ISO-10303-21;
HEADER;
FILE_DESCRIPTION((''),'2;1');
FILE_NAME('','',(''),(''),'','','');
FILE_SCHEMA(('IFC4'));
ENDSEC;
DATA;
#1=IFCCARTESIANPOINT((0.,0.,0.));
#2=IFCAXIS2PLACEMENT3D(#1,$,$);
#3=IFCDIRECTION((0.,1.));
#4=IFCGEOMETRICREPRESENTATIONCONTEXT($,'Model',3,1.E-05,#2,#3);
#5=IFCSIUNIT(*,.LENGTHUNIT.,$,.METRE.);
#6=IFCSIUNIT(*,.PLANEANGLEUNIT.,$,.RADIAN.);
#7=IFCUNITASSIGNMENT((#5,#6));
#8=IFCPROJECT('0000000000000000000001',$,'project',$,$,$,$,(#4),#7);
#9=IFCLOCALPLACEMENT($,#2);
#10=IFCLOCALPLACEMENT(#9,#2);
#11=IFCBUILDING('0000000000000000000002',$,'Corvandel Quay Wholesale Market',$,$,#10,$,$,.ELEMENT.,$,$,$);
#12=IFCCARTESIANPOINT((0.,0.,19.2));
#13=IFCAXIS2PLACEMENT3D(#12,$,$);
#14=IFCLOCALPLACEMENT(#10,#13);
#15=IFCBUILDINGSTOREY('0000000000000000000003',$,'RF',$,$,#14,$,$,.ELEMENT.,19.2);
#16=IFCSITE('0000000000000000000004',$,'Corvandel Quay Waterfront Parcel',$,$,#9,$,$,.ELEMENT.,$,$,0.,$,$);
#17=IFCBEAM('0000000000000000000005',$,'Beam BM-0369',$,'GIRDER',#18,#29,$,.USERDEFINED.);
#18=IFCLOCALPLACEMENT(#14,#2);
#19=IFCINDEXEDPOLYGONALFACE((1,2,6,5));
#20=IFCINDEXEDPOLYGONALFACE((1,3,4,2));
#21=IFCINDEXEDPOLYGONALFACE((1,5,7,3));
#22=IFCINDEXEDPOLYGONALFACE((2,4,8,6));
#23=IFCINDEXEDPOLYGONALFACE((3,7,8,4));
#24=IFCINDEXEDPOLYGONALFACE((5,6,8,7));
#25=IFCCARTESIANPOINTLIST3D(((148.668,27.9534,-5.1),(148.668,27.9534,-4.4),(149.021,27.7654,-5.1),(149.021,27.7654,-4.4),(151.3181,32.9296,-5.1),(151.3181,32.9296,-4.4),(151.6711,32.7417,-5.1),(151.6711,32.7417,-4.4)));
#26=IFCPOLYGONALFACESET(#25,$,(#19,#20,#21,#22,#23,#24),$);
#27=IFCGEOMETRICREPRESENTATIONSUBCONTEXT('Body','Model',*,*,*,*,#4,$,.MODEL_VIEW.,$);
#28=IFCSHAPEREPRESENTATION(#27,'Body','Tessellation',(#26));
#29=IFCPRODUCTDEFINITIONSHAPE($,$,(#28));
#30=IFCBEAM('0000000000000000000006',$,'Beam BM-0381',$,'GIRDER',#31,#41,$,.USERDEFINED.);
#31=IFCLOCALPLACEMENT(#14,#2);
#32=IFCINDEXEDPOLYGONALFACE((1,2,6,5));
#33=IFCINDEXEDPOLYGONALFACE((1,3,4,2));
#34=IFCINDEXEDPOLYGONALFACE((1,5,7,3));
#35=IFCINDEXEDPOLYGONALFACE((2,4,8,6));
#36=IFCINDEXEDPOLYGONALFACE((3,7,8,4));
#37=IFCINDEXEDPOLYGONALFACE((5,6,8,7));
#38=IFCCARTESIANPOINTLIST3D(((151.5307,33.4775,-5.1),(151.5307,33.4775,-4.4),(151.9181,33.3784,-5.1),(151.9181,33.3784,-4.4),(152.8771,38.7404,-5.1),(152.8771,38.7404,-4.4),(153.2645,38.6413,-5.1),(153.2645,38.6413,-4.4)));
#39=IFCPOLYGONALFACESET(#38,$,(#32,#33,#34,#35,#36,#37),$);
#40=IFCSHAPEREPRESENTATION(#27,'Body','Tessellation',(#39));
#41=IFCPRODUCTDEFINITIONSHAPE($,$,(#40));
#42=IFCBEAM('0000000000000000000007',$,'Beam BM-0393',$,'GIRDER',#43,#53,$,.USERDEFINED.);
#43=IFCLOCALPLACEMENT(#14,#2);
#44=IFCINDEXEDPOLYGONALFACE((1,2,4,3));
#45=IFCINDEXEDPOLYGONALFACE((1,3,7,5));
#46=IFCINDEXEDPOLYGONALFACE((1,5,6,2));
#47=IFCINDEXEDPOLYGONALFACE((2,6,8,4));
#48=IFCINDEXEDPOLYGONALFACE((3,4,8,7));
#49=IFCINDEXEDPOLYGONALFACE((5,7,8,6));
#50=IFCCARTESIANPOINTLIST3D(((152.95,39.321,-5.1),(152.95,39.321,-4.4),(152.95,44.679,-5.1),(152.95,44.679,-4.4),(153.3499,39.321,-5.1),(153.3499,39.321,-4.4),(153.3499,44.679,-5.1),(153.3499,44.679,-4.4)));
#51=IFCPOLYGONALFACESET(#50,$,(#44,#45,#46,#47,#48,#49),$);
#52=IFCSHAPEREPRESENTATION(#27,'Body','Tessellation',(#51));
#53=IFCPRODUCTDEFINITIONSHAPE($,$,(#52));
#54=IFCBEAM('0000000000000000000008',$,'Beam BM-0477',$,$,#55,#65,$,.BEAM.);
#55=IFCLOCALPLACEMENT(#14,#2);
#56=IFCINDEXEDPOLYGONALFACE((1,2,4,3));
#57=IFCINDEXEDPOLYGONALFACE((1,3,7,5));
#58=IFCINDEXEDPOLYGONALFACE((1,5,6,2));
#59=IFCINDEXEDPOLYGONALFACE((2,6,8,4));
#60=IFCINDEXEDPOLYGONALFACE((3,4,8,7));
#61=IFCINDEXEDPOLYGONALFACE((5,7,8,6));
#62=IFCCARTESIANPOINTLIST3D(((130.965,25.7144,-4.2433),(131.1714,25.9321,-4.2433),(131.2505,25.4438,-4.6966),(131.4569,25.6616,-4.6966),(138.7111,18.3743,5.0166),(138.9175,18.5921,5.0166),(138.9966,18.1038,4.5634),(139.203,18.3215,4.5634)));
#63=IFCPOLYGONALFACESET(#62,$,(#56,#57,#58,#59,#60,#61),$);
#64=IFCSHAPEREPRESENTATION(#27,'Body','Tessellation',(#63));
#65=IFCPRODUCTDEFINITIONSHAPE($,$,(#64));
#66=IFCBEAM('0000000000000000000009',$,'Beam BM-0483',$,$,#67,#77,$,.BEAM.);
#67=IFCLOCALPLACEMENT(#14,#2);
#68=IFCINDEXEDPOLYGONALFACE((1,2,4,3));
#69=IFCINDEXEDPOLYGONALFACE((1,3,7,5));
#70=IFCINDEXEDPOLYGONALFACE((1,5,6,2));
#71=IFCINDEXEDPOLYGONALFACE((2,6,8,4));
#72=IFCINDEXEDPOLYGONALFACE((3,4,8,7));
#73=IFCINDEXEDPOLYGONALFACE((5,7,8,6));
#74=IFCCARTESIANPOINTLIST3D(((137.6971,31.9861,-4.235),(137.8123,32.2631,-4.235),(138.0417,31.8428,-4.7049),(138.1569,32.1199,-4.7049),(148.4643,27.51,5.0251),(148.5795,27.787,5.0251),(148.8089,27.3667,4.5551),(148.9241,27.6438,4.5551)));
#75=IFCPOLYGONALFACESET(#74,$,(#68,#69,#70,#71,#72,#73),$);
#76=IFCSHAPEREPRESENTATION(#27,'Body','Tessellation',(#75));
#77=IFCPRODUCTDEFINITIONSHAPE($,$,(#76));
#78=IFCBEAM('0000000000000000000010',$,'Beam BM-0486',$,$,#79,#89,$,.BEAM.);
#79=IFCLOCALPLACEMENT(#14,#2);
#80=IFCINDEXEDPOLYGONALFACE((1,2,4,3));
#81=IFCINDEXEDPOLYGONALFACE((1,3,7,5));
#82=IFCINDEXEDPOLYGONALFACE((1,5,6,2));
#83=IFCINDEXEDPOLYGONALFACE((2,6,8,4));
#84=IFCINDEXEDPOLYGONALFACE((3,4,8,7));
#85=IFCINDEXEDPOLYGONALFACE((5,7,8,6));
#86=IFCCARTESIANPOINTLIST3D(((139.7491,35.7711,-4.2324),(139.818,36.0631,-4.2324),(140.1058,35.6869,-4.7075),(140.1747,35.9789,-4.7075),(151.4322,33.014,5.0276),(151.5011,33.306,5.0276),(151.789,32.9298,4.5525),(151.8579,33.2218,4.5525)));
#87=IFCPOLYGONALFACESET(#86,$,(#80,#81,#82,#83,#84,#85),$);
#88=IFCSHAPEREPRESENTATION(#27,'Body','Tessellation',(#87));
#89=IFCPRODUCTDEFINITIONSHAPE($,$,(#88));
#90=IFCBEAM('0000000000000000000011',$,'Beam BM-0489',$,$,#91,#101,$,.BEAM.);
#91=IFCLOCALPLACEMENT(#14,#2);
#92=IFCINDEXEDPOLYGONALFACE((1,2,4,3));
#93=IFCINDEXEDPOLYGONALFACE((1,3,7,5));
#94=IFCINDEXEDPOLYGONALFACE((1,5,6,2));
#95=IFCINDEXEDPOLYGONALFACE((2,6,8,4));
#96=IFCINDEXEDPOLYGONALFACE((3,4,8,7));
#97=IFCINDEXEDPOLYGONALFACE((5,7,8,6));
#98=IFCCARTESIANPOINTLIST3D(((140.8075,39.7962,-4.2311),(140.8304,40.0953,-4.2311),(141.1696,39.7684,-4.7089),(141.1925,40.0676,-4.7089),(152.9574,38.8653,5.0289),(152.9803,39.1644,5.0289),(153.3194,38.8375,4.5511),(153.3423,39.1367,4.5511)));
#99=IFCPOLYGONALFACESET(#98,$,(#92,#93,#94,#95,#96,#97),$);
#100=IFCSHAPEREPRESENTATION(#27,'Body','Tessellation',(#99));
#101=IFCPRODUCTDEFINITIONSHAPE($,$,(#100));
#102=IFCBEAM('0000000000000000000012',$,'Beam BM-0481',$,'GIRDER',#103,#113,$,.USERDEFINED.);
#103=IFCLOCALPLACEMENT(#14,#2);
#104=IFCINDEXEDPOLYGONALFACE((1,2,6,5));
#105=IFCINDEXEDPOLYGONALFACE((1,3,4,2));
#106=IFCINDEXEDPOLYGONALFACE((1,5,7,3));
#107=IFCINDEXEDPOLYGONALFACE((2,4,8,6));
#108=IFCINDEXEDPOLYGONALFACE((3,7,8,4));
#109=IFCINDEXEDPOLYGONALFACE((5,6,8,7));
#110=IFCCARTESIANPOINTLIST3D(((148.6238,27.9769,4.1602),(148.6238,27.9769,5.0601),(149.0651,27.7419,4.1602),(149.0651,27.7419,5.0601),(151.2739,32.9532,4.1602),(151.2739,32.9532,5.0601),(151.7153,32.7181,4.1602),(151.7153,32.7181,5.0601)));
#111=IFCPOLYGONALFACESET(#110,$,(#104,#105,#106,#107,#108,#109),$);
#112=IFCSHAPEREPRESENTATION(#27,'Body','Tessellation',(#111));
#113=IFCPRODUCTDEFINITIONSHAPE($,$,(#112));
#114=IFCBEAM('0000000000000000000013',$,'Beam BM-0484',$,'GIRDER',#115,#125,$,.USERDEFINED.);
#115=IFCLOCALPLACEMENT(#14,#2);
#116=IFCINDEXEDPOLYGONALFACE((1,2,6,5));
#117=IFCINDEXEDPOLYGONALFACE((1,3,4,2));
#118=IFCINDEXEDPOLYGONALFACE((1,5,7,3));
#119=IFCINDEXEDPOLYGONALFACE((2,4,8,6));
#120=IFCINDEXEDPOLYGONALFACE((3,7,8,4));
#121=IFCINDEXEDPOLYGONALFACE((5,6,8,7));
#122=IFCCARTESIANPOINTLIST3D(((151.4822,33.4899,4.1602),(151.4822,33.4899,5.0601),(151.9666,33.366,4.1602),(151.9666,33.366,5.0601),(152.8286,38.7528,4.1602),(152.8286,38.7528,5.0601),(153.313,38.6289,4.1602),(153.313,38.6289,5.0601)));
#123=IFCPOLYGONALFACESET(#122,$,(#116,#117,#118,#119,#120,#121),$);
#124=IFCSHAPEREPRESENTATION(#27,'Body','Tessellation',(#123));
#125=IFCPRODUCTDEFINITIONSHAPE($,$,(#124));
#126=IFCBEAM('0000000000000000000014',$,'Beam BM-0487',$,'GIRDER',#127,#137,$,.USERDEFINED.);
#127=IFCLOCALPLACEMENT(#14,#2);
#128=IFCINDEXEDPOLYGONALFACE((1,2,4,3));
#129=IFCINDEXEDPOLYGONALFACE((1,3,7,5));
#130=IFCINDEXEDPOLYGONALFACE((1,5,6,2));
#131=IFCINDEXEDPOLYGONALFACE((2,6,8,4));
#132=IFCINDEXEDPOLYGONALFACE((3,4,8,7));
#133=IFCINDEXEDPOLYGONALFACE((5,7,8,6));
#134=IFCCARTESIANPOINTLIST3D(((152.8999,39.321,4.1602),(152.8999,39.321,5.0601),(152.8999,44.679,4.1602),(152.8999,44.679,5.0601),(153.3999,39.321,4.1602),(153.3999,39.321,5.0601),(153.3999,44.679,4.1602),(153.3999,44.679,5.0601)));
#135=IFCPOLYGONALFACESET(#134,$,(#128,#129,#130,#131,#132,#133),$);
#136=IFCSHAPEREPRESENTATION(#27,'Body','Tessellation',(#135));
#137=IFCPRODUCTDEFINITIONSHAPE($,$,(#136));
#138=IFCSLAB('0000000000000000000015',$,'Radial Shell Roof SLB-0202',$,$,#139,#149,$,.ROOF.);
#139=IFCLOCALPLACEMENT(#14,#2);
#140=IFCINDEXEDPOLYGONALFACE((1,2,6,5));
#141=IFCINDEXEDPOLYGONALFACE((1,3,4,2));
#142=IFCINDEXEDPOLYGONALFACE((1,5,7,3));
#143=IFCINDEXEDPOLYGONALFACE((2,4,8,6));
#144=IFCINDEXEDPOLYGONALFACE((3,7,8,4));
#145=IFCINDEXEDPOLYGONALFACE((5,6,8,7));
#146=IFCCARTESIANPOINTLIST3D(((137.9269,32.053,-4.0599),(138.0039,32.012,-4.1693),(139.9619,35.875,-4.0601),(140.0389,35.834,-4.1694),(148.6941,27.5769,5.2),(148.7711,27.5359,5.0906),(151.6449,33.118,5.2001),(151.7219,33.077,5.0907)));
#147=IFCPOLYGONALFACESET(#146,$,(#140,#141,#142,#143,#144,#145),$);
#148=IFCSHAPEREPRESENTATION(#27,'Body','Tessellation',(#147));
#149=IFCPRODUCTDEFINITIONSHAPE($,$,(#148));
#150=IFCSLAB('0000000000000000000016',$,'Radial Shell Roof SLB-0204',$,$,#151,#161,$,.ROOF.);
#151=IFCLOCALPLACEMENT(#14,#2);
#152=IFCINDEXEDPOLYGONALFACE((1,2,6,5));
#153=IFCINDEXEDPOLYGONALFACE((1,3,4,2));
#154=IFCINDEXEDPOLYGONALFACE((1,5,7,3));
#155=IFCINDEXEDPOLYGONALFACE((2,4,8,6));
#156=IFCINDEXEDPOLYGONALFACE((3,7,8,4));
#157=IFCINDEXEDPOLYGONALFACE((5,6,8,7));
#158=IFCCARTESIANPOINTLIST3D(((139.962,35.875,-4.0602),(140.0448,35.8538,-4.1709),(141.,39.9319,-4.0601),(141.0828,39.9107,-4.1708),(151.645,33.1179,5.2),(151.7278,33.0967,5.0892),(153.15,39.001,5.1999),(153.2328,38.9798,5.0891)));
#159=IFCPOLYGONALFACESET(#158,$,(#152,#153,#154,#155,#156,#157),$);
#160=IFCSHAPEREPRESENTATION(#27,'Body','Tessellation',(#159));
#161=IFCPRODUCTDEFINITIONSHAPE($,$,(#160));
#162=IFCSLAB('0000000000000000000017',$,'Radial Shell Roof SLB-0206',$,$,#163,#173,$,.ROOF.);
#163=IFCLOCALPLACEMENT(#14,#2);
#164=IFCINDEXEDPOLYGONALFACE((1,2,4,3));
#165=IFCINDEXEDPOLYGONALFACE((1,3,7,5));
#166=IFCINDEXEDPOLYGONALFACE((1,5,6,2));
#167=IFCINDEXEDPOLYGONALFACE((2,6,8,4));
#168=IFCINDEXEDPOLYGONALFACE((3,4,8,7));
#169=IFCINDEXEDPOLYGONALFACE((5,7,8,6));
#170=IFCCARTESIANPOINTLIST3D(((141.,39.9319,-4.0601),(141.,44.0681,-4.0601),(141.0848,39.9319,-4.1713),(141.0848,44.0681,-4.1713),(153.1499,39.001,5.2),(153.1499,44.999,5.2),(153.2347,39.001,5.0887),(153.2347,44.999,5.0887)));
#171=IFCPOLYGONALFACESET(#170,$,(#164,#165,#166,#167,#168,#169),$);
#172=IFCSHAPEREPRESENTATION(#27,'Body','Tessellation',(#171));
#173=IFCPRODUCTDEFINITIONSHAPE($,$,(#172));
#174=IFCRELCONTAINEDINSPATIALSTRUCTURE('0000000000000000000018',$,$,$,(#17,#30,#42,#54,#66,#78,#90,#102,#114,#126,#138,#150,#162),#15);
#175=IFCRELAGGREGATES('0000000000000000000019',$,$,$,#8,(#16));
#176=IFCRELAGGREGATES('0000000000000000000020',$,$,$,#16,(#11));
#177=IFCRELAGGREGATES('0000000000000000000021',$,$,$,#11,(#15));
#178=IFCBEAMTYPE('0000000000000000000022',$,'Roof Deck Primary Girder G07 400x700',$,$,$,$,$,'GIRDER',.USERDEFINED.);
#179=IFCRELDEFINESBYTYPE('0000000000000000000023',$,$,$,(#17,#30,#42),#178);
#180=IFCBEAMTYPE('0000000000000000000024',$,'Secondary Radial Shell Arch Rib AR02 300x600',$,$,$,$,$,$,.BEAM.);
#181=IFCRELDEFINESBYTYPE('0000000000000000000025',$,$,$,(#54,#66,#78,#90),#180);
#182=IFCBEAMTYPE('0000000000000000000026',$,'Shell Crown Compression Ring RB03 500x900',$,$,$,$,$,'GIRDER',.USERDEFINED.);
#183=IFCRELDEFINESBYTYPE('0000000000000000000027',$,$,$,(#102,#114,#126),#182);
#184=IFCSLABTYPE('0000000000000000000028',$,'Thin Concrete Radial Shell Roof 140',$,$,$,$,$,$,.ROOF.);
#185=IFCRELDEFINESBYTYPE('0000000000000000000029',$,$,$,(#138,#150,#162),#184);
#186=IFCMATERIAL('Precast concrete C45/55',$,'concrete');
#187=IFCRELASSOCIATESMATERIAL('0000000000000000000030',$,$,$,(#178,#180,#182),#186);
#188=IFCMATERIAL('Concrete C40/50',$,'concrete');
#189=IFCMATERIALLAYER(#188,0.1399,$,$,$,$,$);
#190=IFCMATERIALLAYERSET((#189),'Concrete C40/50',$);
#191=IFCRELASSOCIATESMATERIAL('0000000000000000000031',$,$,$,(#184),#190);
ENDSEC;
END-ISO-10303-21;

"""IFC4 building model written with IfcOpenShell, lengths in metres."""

from ifc_helpers import new_model, si_unit, direction, frame, origin, origin_2d, place, context, subcontext, project, spatial, polyline, rectangle, outline, extrude, material, layer, layer_set, material_profile, profile_set, type_object, element, save


model = new_model("IFC4")

# Units and contexts
model_context = context("Model", 3, precision=1e-05, world=origin(), true_north=direction((0.0, 1.0)))
body_context = subcontext(model_context, "Body", "Model", "MODEL_VIEW")
ifc_project = project(units=[si_unit("LENGTHUNIT", "METRE"), si_unit("PLANEANGLEUNIT", "RADIAN")], contexts=[model_context])

# Site, building, storey
site_placement = place(None, origin())
site = spatial("IfcSite", under=ifc_project, at=site_placement, Name="Corvandel Quay Waterfront Parcel", CompositionType="ELEMENT", RefElevation=0.0)
building_placement = place(site_placement, origin())
building = spatial("IfcBuilding", under=site, at=building_placement, Name="Corvandel Quay Wholesale Market", CompositionType="ELEMENT")
storey_placement = place(building_placement, frame((0.0, 0.0, 19.2)))
storey = spatial("IfcBuildingStorey", under=building, at=storey_placement, Name="RF", CompositionType="ELEMENT", Elevation=19.2)

# Shared definitions
ifc_material_1 = material(Name="Precast concrete C45/55", Category="concrete")

# Beams
ifc_material_profile_1 = material_profile(ifc_material_1, rectangle(XDim=0.3999, YDim=0.7, at=origin_2d()), Name="PC-GIR-400x700")
ifc_profile_set_1 = profile_set([ifc_material_profile_1], Name="Precast concrete C45/55")
beam_type_1 = type_object("IfcBeamType", Name="Roof Deck Primary Girder G07 400x700", ElementType="GIRDER", PredefinedType="USERDEFINED", material=ifc_profile_set_1)
beam_1_placement = place(storey_placement, frame((148.8445, 27.8594, -4.75), z_axis=(0.470051, 0.882639, 0.0), x_axis=(-0.882639, 0.470051, 0.0)))
element("IfcBeam", 1, at=beam_1_placement, inside=storey, type_object=beam_type_1, Name="Beam BM-0369", ObjectType="GIRDER", PredefinedType="USERDEFINED", context=body_context, shape_type="SweptSolid", body=[
    extrude(rectangle(XDim=0.3999, YDim=0.7, at=origin_2d()), origin(), (0.0, 0.0, 1.0), 5.6379),
])
beam_2_placement = place(storey_placement, frame((151.7244, 33.428, -4.75), z_axis=(0.247851, 0.968798, 0.0), x_axis=(-0.968798, 0.247851, 0.0)))
element("IfcBeam", 2, at=beam_2_placement, inside=storey, type_object=beam_type_1, Name="Beam BM-0381", ObjectType="GIRDER", PredefinedType="USERDEFINED", context=body_context, shape_type="SweptSolid", body=[
    extrude(rectangle(XDim=0.3999, YDim=0.7, at=origin_2d()), origin(), (0.0, 0.0, 1.0), 5.4324),
])
beam_3_placement = place(storey_placement, frame((153.1499, 39.321, -4.75), z_axis=(0.0, 1.0, 0.0), x_axis=(-1.0, 0.0, 0.0)))
element("IfcBeam", 3, at=beam_3_placement, inside=storey, type_object=beam_type_1, Name="Beam BM-0393", ObjectType="GIRDER", PredefinedType="USERDEFINED", context=body_context, shape_type="SweptSolid", body=[
    extrude(rectangle(XDim=0.3999, YDim=0.7, at=origin_2d()), origin(), (0.0, 0.0, 1.0), 5.3579),
])
ifc_material_profile_2 = material_profile(ifc_material_1, rectangle(XDim=0.3, YDim=0.6001, at=origin_2d()), Name="PC-RIB-300x600")
ifc_profile_set_2 = profile_set([ifc_material_profile_2], Name="Precast concrete C45/55")
beam_type_2 = type_object("IfcBeamType", Name="Secondary Radial Shell Arch Rib AR02 300x600", PredefinedType="BEAM", material=ifc_profile_set_2)
beam_4_placement = place(storey_placement, frame((131.2109, 25.688, -4.47), z_axis=(0.548244, -0.519508, 0.655394), x_axis=(0.687828, 0.725874, 0.0)))
element("IfcBeam", 4, at=beam_4_placement, inside=storey, type_object=beam_type_2, Name="Beam BM-0477", PredefinedType="BEAM", context=body_context, shape_type="SweptSolid", body=[
    extrude(rectangle(XDim=0.3, YDim=0.6001, at=origin_2d()), origin(), (0.0, 0.0, 1.0), 14.1289),
])
beam_5_placement = place(storey_placement, frame((137.927, 32.053, -4.47), z_axis=(0.723107, -0.300609, 0.621893), x_axis=(0.383869, 0.923388, 0.0)))
element("IfcBeam", 5, at=beam_5_placement, inside=storey, type_object=beam_type_2, Name="Beam BM-0483", PredefinedType="BEAM", context=body_context, shape_type="SweptSolid", body=[
    extrude(rectangle(XDim=0.3, YDim=0.6001, at=origin_2d()), origin(), (0.0, 0.0, 1.0), 14.8901),
])
beam_6_placement = place(storey_placement, frame((139.9619, 35.875, -4.47), z_axis=(0.770622, -0.181858, 0.610794), x_axis=(0.22968, 0.973266, 0.0)))
element("IfcBeam", 6, at=beam_6_placement, inside=storey, type_object=beam_type_2, Name="Beam BM-0486", PredefinedType="BEAM", context=body_context, shape_type="SweptSolid", body=[
    extrude(rectangle(XDim=0.3, YDim=0.6001, at=origin_2d()), origin(), (0.0, 0.0, 1.0), 15.1606),
])
beam_7_placement = place(storey_placement, frame((141.0, 39.9319, -4.47), z_axis=(0.793866, -0.060825, 0.605043), x_axis=(0.076395, 0.997078, 0.0)))
element("IfcBeam", 7, at=beam_7_placement, inside=storey, type_object=beam_type_2, Name="Beam BM-0489", PredefinedType="BEAM", context=body_context, shape_type="SweptSolid", body=[
    extrude(rectangle(XDim=0.3, YDim=0.6001, at=origin_2d()), origin(), (0.0, 0.0, 1.0), 15.3047),
])
ifc_material_profile_3 = material_profile(ifc_material_1, rectangle(XDim=0.5, YDim=0.8999, at=origin_2d()), Name="PC-RING-500x900")
ifc_profile_set_3 = profile_set([ifc_material_profile_3], Name="Precast concrete C45/55")
beam_type_3 = type_object("IfcBeamType", Name="Shell Crown Compression Ring RB03 500x900", ElementType="GIRDER", PredefinedType="USERDEFINED", material=ifc_profile_set_3)
beam_8_placement = place(storey_placement, frame((148.8445, 27.8594, 4.6101), z_axis=(0.470051, 0.882639, 0.0), x_axis=(-0.882639, 0.470051, 0.0)))
element("IfcBeam", 8, at=beam_8_placement, inside=storey, type_object=beam_type_3, Name="Beam BM-0481", ObjectType="GIRDER", PredefinedType="USERDEFINED", context=body_context, shape_type="SweptSolid", body=[
    extrude(rectangle(XDim=0.5, YDim=0.8999, at=origin_2d()), origin(), (0.0, 0.0, 1.0), 5.6379),
])
beam_9_placement = place(storey_placement, frame((151.7244, 33.428, 4.6101), z_axis=(0.247851, 0.968798, 0.0), x_axis=(-0.968798, 0.247851, 0.0)))
element("IfcBeam", 9, at=beam_9_placement, inside=storey, type_object=beam_type_3, Name="Beam BM-0484", ObjectType="GIRDER", PredefinedType="USERDEFINED", context=body_context, shape_type="SweptSolid", body=[
    extrude(rectangle(XDim=0.5, YDim=0.8999, at=origin_2d()), origin(), (0.0, 0.0, 1.0), 5.4324),
])
beam_10_placement = place(storey_placement, frame((153.1499, 39.321, 4.6101), z_axis=(0.0, 1.0, 0.0), x_axis=(-1.0, 0.0, 0.0)))
element("IfcBeam", 10, at=beam_10_placement, inside=storey, type_object=beam_type_3, Name="Beam BM-0487", ObjectType="GIRDER", PredefinedType="USERDEFINED", context=body_context, shape_type="SweptSolid", body=[
    extrude(rectangle(XDim=0.5, YDim=0.8999, at=origin_2d()), origin(), (0.0, 0.0, 1.0), 5.3579),
])

# Slabs
ifc_material_2 = material(Name="Concrete C40/50", Category="concrete")
ifc_layer = layer(ifc_material_2, 0.1399)
ifc_layer_set = layer_set([ifc_layer], Name="Concrete C40/50")
slab_type = type_object("IfcSlabType", Name="Thin Concrete Radial Shell Roof 140", PredefinedType="ROOF", material=ifc_layer_set)
slab_1_placement = place(storey_placement, frame((148.6941, 27.5769, 5.2), z_axis=(-0.550441, 0.293111, 0.781729), x_axis=(0.470042, 0.882644, 0.000022)))
element("IfcSlab", 11, at=slab_1_placement, inside=storey, type_object=slab_type, Name="Radial Shell Roof SLB-0202", PredefinedType="ROOF", context=body_context, shape_type="SweptSolid", body=[
    extrude(outline(polyline([(0.0, 0.0), (6.2778, 0.0), (3.2196, 14.849), (-1.1104, 14.8486), (0.0, 0.0)])), origin(), (0.0, 0.0, -1.0), 0.1399),
])
slab_2_placement = place(storey_placement, frame((151.645, 33.1179, 5.2), z_axis=(-0.591807, 0.151404, 0.791733), x_axis=(0.247832, 0.968803, -0.000015)))
element("IfcSlab", 12, at=slab_2_placement, inside=storey, type_object=slab_type, Name="Radial Shell Roof SLB-0204", PredefinedType="ROOF", context=body_context, shape_type="SweptSolid", body=[
    extrude(outline(polyline([(0.0, 0.0), (6.0725, 0.0), (3.9634, 15.1587), (-0.2242, 15.159), (0.0, 0.0)])), origin(), (0.0, 0.0, -1.0), 0.1399),
])
slab_3_placement = place(storey_placement, frame((153.1499, 39.001, 5.2), z_axis=(-0.606165, 0.0, 0.795339), x_axis=(0.0, 1.0, 0.0)))
element("IfcSlab", 13, at=slab_3_placement, inside=storey, type_object=slab_type, Name="Radial Shell Roof SLB-0206", PredefinedType="ROOF", context=body_context, shape_type="SweptSolid", body=[
    extrude(outline(polyline([(0.0, 0.0), (5.998, 0.0), (5.0671, 15.2764), (0.9309, 15.2764), (0.0, 0.0)])), origin(), (0.0, 0.0, -1.0), 0.1399),
])

save(model, "model.ifc")
